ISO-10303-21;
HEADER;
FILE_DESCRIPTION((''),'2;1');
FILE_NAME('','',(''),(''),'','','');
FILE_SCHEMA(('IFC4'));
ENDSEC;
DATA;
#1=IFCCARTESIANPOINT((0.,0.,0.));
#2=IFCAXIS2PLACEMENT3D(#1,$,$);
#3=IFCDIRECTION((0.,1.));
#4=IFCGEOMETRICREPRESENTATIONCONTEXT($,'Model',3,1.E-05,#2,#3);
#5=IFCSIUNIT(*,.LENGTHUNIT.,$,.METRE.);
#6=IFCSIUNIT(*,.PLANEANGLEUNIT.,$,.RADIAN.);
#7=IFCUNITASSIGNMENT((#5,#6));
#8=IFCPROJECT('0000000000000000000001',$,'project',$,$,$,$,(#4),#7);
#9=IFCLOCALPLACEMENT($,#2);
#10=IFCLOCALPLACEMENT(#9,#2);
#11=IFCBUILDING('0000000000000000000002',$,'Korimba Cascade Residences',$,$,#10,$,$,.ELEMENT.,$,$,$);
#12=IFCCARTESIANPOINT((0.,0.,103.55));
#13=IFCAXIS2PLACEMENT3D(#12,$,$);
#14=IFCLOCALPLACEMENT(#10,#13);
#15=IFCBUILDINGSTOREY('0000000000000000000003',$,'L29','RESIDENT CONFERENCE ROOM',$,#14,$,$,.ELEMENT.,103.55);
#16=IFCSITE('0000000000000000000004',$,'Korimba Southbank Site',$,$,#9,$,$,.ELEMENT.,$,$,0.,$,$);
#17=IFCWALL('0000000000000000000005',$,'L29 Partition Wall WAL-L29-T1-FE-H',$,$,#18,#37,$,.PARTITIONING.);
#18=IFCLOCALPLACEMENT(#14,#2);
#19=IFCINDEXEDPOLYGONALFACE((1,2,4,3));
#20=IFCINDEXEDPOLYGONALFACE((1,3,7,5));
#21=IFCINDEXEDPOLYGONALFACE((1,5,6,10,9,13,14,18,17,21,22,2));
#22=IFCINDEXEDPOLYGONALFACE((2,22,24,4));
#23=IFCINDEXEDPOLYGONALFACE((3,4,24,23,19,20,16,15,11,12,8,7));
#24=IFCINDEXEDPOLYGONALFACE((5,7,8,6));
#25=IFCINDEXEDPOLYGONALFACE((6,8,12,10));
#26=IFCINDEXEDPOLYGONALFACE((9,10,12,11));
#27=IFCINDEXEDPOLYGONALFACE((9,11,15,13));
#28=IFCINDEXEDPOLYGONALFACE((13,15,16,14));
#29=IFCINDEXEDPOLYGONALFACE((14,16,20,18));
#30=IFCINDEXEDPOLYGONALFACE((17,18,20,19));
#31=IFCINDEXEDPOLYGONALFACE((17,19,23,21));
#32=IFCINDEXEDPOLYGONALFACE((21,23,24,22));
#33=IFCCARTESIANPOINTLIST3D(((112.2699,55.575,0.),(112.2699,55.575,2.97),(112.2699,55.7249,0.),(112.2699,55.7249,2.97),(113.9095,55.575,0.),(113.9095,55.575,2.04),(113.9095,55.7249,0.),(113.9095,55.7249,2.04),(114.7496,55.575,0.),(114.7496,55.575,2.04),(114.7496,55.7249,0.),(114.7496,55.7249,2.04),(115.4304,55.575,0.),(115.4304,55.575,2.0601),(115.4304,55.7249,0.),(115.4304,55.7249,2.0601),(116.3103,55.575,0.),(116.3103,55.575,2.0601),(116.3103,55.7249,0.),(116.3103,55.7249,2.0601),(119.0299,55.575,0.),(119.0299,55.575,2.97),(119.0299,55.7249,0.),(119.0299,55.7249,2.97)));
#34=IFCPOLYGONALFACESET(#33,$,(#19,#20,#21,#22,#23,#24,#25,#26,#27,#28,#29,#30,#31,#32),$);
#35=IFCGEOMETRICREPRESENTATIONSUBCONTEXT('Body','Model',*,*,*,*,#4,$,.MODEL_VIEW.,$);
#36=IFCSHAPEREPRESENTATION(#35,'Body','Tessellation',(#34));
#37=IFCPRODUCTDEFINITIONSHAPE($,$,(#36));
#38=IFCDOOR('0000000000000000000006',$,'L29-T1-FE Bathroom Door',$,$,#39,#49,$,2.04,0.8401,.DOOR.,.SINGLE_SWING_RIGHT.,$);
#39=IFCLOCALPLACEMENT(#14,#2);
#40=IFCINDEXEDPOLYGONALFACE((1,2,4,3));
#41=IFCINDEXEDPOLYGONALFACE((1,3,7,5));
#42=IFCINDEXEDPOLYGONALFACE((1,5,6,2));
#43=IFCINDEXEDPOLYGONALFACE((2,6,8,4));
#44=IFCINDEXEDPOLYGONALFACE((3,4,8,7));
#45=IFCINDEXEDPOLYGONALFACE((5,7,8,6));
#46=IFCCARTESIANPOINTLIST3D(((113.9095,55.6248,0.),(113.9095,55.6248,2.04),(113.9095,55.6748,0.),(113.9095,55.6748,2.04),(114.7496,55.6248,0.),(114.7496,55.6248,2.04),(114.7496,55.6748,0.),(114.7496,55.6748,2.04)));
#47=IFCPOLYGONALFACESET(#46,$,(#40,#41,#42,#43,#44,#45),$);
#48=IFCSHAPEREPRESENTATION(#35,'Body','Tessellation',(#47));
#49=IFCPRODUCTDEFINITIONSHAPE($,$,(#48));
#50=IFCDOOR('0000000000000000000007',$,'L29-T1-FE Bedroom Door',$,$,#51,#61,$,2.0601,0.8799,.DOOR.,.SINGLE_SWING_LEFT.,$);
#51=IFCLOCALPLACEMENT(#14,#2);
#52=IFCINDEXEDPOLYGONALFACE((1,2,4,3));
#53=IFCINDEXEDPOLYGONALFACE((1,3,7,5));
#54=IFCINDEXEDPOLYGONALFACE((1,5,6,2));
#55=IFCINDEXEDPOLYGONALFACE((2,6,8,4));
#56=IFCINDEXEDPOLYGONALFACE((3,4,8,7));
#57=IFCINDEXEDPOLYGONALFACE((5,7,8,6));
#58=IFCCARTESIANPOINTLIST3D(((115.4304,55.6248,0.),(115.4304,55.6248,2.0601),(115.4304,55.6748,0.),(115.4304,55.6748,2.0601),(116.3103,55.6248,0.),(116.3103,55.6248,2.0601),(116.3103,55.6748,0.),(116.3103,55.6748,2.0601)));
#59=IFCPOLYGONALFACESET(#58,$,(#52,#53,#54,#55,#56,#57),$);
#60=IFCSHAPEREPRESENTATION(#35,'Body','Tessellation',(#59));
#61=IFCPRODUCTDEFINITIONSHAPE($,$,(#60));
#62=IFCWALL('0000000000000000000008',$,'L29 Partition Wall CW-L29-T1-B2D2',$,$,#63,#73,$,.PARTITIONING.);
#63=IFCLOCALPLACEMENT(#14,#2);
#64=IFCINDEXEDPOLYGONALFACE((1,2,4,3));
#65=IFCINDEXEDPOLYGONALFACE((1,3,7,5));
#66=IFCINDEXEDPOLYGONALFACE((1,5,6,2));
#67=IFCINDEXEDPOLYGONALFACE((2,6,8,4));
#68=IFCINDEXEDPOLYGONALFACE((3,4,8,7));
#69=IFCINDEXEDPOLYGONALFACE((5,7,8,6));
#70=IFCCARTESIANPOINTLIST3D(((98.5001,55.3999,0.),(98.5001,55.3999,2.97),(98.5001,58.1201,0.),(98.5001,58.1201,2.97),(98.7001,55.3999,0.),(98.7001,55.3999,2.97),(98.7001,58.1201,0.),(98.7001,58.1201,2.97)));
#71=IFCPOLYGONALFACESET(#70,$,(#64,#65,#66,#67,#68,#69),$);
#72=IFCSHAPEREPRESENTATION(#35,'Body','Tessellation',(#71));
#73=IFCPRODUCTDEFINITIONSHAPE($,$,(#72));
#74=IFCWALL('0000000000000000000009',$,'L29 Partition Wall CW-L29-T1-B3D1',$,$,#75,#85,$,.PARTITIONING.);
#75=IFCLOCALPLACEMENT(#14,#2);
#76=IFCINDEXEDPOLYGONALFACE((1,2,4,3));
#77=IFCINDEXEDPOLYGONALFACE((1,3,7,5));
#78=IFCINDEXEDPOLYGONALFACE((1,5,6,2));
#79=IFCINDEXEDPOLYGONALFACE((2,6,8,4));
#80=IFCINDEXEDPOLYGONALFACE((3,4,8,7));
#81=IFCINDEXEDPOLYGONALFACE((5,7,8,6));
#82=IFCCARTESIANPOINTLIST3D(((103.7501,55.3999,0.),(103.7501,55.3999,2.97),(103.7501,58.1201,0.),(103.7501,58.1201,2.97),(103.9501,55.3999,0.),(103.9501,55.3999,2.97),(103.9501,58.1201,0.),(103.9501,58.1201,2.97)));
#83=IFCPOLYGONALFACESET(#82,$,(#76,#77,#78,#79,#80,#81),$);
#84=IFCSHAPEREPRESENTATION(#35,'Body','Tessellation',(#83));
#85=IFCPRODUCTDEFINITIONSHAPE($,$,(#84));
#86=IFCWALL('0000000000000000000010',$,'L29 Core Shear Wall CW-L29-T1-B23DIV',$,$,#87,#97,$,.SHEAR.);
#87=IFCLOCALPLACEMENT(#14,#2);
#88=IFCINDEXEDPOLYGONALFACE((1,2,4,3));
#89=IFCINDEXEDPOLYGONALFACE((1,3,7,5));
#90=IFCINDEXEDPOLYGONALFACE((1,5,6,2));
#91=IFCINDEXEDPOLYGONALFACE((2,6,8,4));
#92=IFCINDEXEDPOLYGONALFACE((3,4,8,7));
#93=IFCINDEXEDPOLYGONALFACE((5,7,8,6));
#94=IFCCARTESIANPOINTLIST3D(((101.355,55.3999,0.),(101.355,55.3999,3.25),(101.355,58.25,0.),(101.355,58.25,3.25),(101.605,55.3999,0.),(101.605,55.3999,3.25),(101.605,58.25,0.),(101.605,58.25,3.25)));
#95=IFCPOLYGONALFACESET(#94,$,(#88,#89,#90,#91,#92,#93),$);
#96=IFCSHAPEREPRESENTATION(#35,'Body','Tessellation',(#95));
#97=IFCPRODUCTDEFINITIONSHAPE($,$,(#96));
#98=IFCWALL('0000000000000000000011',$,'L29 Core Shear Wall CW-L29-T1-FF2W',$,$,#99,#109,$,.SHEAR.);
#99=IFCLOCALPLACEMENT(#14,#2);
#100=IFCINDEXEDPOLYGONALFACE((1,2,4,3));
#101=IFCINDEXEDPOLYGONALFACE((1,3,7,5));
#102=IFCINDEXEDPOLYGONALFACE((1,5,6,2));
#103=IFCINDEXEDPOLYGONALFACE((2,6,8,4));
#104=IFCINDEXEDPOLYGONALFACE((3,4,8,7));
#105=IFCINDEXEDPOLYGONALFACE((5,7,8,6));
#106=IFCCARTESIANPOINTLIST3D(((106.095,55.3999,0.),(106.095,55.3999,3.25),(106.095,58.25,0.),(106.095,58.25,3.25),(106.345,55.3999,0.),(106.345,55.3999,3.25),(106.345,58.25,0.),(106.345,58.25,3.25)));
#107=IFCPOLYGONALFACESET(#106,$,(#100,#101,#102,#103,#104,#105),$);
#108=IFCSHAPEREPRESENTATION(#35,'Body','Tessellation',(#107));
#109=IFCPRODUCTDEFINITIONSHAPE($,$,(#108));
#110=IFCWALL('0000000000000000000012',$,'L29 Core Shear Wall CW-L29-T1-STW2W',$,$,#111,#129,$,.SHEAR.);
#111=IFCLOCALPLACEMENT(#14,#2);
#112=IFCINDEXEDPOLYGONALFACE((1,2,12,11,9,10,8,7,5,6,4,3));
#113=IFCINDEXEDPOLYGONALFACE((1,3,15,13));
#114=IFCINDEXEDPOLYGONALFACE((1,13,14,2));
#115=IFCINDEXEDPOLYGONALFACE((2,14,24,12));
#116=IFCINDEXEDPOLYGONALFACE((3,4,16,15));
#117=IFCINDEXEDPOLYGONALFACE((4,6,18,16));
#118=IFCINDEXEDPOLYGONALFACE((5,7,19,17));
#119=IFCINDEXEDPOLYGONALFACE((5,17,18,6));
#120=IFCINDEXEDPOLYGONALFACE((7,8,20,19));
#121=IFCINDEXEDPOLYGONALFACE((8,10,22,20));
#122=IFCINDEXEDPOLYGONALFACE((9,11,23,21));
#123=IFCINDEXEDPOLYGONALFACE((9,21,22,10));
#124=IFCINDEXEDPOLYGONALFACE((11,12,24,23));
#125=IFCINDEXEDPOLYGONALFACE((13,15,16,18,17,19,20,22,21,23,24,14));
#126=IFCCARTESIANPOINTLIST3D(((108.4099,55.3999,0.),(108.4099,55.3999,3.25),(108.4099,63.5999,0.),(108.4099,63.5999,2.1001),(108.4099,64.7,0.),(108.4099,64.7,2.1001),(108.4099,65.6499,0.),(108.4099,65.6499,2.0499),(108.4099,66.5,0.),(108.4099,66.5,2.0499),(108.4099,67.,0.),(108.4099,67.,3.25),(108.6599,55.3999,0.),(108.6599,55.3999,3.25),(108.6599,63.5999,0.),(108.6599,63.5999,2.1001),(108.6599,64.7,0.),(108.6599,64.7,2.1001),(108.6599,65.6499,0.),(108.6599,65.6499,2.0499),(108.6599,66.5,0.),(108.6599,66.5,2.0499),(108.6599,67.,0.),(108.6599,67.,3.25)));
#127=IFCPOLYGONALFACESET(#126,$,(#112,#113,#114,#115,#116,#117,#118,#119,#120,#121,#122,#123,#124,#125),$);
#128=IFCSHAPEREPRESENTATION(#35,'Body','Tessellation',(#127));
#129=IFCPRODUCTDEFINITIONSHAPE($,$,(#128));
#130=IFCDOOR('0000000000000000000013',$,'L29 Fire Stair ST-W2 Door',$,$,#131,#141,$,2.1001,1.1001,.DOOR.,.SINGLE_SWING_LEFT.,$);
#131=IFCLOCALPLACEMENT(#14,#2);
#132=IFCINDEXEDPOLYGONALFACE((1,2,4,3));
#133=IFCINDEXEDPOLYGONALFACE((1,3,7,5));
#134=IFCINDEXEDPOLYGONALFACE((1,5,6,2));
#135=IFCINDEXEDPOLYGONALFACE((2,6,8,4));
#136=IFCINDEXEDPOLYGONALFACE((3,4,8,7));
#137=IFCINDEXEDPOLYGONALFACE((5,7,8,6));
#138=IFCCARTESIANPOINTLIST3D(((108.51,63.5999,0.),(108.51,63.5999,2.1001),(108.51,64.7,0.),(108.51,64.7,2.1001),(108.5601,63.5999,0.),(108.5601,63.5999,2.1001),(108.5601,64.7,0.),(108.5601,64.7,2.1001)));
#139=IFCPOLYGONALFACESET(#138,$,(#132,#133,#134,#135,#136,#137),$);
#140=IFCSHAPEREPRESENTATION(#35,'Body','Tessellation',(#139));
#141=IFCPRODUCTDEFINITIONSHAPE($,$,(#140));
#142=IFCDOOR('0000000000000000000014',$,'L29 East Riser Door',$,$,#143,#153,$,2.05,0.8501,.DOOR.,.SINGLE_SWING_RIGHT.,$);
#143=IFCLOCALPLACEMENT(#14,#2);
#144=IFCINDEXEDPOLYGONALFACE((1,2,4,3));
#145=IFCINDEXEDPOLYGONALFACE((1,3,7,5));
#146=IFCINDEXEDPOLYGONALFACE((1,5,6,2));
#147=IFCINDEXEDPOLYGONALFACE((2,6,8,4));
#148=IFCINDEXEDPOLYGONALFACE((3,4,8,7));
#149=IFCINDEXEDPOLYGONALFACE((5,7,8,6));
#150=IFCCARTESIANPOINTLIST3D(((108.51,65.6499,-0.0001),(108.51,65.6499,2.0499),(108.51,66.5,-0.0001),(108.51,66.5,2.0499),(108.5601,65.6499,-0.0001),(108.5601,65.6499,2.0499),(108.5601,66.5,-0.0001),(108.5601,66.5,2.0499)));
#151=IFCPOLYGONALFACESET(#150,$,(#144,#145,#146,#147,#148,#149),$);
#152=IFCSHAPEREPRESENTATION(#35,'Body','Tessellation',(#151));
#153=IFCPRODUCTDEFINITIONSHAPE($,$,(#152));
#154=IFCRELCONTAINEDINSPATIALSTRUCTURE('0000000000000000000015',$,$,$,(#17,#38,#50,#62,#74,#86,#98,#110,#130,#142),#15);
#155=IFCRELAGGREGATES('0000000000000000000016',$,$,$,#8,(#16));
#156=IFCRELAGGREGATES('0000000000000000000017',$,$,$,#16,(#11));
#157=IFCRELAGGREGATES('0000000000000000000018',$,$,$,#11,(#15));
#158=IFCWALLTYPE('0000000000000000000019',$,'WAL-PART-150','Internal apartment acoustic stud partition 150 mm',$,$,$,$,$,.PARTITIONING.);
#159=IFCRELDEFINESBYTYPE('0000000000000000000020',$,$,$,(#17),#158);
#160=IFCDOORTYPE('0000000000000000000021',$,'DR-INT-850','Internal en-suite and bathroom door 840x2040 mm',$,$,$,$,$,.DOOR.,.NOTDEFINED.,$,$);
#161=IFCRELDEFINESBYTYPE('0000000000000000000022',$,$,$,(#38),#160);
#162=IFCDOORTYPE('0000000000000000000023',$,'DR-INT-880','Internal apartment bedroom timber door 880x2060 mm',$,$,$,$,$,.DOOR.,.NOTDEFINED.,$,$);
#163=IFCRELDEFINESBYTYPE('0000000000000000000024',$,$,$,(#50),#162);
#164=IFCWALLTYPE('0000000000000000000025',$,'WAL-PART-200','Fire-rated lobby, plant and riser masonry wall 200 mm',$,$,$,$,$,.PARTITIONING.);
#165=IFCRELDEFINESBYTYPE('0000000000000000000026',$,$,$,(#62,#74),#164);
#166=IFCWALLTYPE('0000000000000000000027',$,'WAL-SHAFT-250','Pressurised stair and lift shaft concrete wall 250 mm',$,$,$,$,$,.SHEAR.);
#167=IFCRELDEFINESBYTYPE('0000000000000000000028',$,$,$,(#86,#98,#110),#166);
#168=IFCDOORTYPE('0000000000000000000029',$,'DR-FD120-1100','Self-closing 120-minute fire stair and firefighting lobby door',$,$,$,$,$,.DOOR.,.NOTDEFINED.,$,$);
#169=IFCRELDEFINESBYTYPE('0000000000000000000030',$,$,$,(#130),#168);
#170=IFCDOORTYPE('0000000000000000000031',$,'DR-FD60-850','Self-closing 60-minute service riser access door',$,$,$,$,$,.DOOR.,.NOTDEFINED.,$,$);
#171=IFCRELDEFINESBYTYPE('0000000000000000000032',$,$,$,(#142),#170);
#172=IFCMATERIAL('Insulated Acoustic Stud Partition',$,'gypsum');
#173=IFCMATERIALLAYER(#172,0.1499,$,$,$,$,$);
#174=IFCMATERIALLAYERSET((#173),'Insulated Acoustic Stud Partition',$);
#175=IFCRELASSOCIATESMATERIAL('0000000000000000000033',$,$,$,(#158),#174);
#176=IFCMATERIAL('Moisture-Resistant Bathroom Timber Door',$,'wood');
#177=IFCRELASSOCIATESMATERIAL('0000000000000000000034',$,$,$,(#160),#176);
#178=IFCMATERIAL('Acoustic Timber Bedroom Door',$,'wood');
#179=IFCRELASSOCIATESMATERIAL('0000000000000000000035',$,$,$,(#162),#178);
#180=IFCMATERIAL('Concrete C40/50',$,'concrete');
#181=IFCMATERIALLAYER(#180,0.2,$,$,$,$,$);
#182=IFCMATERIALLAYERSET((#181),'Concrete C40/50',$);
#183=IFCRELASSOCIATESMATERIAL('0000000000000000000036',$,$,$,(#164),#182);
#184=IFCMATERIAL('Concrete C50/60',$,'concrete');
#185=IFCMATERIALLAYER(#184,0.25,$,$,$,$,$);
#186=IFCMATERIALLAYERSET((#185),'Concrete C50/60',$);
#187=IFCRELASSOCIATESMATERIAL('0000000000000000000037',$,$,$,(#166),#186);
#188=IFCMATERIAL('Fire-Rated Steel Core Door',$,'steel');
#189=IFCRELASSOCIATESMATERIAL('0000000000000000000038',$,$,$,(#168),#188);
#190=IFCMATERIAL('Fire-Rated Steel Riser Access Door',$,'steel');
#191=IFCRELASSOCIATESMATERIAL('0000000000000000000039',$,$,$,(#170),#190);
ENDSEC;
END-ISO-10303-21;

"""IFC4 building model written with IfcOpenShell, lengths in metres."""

from ifc_helpers import new_model, si_unit, direction, frame, frame_2d, origin, place, context, subcontext, project, spatial, rectangle, extrude, material, layer, layer_set, type_object, element, fill, save


model = new_model("IFC4")

# Units and contexts
model_context = context("Model", 3, precision=1e-05, world=origin(), true_north=direction((0.0, 1.0)))
body_context = subcontext(model_context, "Body", "Model", "MODEL_VIEW")
ifc_project = project(units=[si_unit("LENGTHUNIT", "METRE"), si_unit("PLANEANGLEUNIT", "RADIAN")], contexts=[model_context])

# Site, building, storey
site_placement = place(None, origin())
site = spatial("IfcSite", under=ifc_project, at=site_placement, Name="Korimba Southbank Site", CompositionType="ELEMENT", RefElevation=0.0)
building_placement = place(site_placement, origin())
building = spatial("IfcBuilding", under=site, at=building_placement, Name="Korimba Cascade Residences", CompositionType="ELEMENT")
storey_placement = place(building_placement, frame((0.0, 0.0, 103.55)))
storey = spatial("IfcBuildingStorey", under=building, at=storey_placement, Name="L29", Description="RESIDENT CONFERENCE ROOM", CompositionType="ELEMENT", Elevation=103.55)

# Shared definitions
ifc_material_1 = material(Name="Insulated Acoustic Stud Partition", Category="gypsum")
ifc_layer_1 = layer(ifc_material_1, 0.1499)
ifc_layer_set_1 = layer_set([ifc_layer_1], Name="Insulated Acoustic Stud Partition")
wall_type_1 = type_object("IfcWallType", Name="WAL-PART-150", Description="Internal apartment acoustic stud partition 150 mm", PredefinedType="PARTITIONING", material=ifc_layer_set_1)

# Wall, openings, doors
wall_1_placement = place(storey_placement, frame((112.27, 55.6499, 0.0), z_axis=(0.0, 0.0, 1.0), x_axis=(1.0, 0.0, 0.0)))
wall_1 = element("IfcWall", 1, at=wall_1_placement, inside=storey, type_object=wall_type_1, Name="L29 Partition Wall WAL-L29-T1-FE-H", PredefinedType="PARTITIONING", context=body_context, shape_type="SweptSolid", body=[
    extrude(rectangle(XDim=6.76, YDim=0.1499, at=frame_2d((3.3799, 0.0))), origin(), (0.0, 0.0, 1.0), 2.97),
])
opening_1_placement = place(wall_1_placement, frame((1.6396, 0.0, 0.0)))
opening_1 = element("IfcOpeningElement", 2, at=opening_1_placement, cuts=wall_1, PredefinedType="OPENING", context=body_context, shape_type="SweptSolid", body=[
    extrude(rectangle(XDim=0.8401, YDim=2.04, at=frame_2d((0.4199, 1.02))), frame((0.0, 0.085, 0.0), z_axis=(0.0, -1.0, 0.0), x_axis=(1.0, 0.0, 0.0)), (0.0, 0.0, 1.0), 0.1699),
])
opening_2_placement = place(wall_1_placement, frame((3.1604, 0.0, 0.0)))
opening_2 = element("IfcOpeningElement", 3, at=opening_2_placement, cuts=wall_1, PredefinedType="OPENING", context=body_context, shape_type="SweptSolid", body=[
    extrude(rectangle(XDim=0.8799, YDim=2.0601, at=frame_2d((0.4399, 1.03))), frame((0.0, 0.085, 0.0), z_axis=(0.0, -1.0, 0.0), x_axis=(1.0, 0.0, 0.0)), (0.0, 0.0, 1.0), 0.1699),
])
ifc_material_2 = material(Name="Moisture-Resistant Bathroom Timber Door", Category="wood")
door_type_1 = type_object("IfcDoorType", Name="DR-INT-850", Description="Internal en-suite and bathroom door 840x2040 mm", OperationType="NOTDEFINED", PredefinedType="DOOR", material=ifc_material_2)
door_1_placement = place(opening_1_placement, origin())
door_1 = element("IfcDoor", 4, at=door_1_placement, inside=storey, type_object=door_type_1, Name="L29-T1-FE Bathroom Door", OperationType="SINGLE_SWING_RIGHT", OverallHeight=2.04, OverallWidth=0.8401, PredefinedType="DOOR", context=body_context, shape_type="SweptSolid", body=[
    extrude(rectangle(XDim=0.8401, YDim=2.04, at=frame_2d((0.4199, 1.02))), frame((0.0, 0.0249, 0.0), z_axis=(0.0, -1.0, 0.0), x_axis=(1.0, 0.0, 0.0)), (0.0, 0.0, 1.0), 0.05),
])
fill(opening_1, door_1)
ifc_material_3 = material(Name="Acoustic Timber Bedroom Door", Category="wood")
door_type_2 = type_object("IfcDoorType", Name="DR-INT-880", Description="Internal apartment bedroom timber door 880x2060 mm", OperationType="NOTDEFINED", PredefinedType="DOOR", material=ifc_material_3)
door_2_placement = place(opening_2_placement, origin())
door_2 = element("IfcDoor", 5, at=door_2_placement, inside=storey, type_object=door_type_2, Name="L29-T1-FE Bedroom Door", OperationType="SINGLE_SWING_LEFT", OverallHeight=2.0601, OverallWidth=0.8799, PredefinedType="DOOR", context=body_context, shape_type="SweptSolid", body=[
    extrude(rectangle(XDim=0.8799, YDim=2.0601, at=frame_2d((0.4399, 1.03))), frame((0.0, 0.0249, 0.0), z_axis=(0.0, -1.0, 0.0), x_axis=(1.0, 0.0, 0.0)), (0.0, 0.0, 1.0), 0.05),
])
fill(opening_2, door_2)

# Walls
ifc_material_4 = material(Name="Concrete C40/50", Category="concrete")
ifc_layer_2 = layer(ifc_material_4, 0.2)
ifc_layer_set_2 = layer_set([ifc_layer_2], Name="Concrete C40/50")
wall_type_2 = type_object("IfcWallType", Name="WAL-PART-200", Description="Fire-rated lobby, plant and riser masonry wall 200 mm", PredefinedType="PARTITIONING", material=ifc_layer_set_2)
for number, where, z_axis, x_axis, name in (
    (6, (98.6001, 55.3999, 0.0), (0.0, 0.0, 1.0), (0.0, 1.0, 0.0), "L29 Partition Wall CW-L29-T1-B2D2"),
    (7, (103.8501, 55.3999, 0.0), (0.0, 0.0, 1.0), (0.0, 1.0, 0.0), "L29 Partition Wall CW-L29-T1-B3D1"),
):
    element("IfcWall", number, at=place(storey_placement, frame(where, z_axis=z_axis, x_axis=x_axis)), inside=storey, type_object=wall_type_2, Name=name, PredefinedType="PARTITIONING", context=body_context, shape_type="SweptSolid", body=[
        extrude(rectangle(XDim=2.7202, YDim=0.2, at=frame_2d((1.3601, 0.0))), origin(), (0.0, 0.0, 1.0), 2.97),
    ])
ifc_material_5 = material(Name="Concrete C50/60", Category="concrete")
ifc_layer_3 = layer(ifc_material_5, 0.25)
ifc_layer_set_3 = layer_set([ifc_layer_3], Name="Concrete C50/60")
wall_type_3 = type_object("IfcWallType", Name="WAL-SHAFT-250", Description="Pressurised stair and lift shaft concrete wall 250 mm", PredefinedType="SHEAR", material=ifc_layer_set_3)
for number, where, z_axis, x_axis, name in (
    (8, (101.48, 55.3999, 0.0), (0.0, 0.0, 1.0), (0.0, 1.0, 0.0), "L29 Core Shear Wall CW-L29-T1-B23DIV"),
    (9, (106.22, 55.3999, 0.0), (0.0, 0.0, 1.0), (0.0, 1.0, 0.0), "L29 Core Shear Wall CW-L29-T1-FF2W"),
):
    element("IfcWall", number, at=place(storey_placement, frame(where, z_axis=z_axis, x_axis=x_axis)), inside=storey, type_object=wall_type_3, Name=name, PredefinedType="SHEAR", context=body_context, shape_type="SweptSolid", body=[
        extrude(rectangle(XDim=2.8501, YDim=0.25, at=frame_2d((1.425, 0.0))), origin(), (0.0, 0.0, 1.0), 3.25),
    ])

# Wall, openings, doors
wall_2_placement = place(storey_placement, frame((108.5349, 55.3999, 0.0), z_axis=(0.0, 0.0, 1.0), x_axis=(0.0, 1.0, 0.0)))
wall_2 = element("IfcWall", 10, at=wall_2_placement, inside=storey, type_object=wall_type_3, Name="L29 Core Shear Wall CW-L29-T1-STW2W", PredefinedType="SHEAR", context=body_context, shape_type="SweptSolid", body=[
    extrude(rectangle(XDim=11.6001, YDim=0.25, at=frame_2d((5.8, 0.0))), origin(), (0.0, 0.0, 1.0), 3.25),
])
opening_3_placement = place(wall_2_placement, frame((8.2, 0.0, 0.0)))
opening_3 = element("IfcOpeningElement", 11, at=opening_3_placement, cuts=wall_2, PredefinedType="OPENING", context=body_context, shape_type="SweptSolid", body=[
    extrude(rectangle(XDim=1.1001, YDim=2.1001, at=frame_2d((0.55, 1.05))), frame((0.0, 0.135, 0.0), z_axis=(0.0, -1.0, 0.0), x_axis=(1.0, 0.0, 0.0)), (0.0, 0.0, 1.0), 0.27),
])
opening_4_placement = place(wall_2_placement, frame((10.25, 0.0, 0.0)))
opening_4 = element("IfcOpeningElement", 12, at=opening_4_placement, cuts=wall_2, PredefinedType="OPENING", context=body_context, shape_type="SweptSolid", body=[
    extrude(rectangle(XDim=0.8501, YDim=2.05, at=frame_2d((0.425, 1.0249))), frame((0.0, 0.135, 0.0), z_axis=(0.0, -1.0, 0.0), x_axis=(1.0, 0.0, 0.0)), (0.0, 0.0, 1.0), 0.27),
])
ifc_material_6 = material(Name="Fire-Rated Steel Core Door", Category="steel")
door_type_3 = type_object("IfcDoorType", Name="DR-FD120-1100", Description="Self-closing 120-minute fire stair and firefighting lobby door", OperationType="NOTDEFINED", PredefinedType="DOOR", material=ifc_material_6)
door_3_placement = place(opening_3_placement, origin())
door_3 = element("IfcDoor", 13, at=door_3_placement, inside=storey, type_object=door_type_3, Name="L29 Fire Stair ST-W2 Door", OperationType="SINGLE_SWING_LEFT", OverallHeight=2.1001, OverallWidth=1.1001, PredefinedType="DOOR", context=body_context, shape_type="SweptSolid", body=[
    extrude(rectangle(XDim=1.1001, YDim=2.1001, at=frame_2d((0.55, 1.05))), frame((0.0, 0.0249, 0.0), z_axis=(0.0, -1.0, 0.0), x_axis=(1.0, 0.0, 0.0)), (0.0, 0.0, 1.0), 0.05),
])
fill(opening_3, door_3)
ifc_material_7 = material(Name="Fire-Rated Steel Riser Access Door", Category="steel")
door_type_4 = type_object("IfcDoorType", Name="DR-FD60-850", Description="Self-closing 60-minute service riser access door", OperationType="NOTDEFINED", PredefinedType="DOOR", material=ifc_material_7)
door_4_placement = place(opening_4_placement, origin())
door_4 = element("IfcDoor", 14, at=door_4_placement, inside=storey, type_object=door_type_4, Name="L29 East Riser Door", OperationType="SINGLE_SWING_RIGHT", OverallHeight=2.05, OverallWidth=0.8501, PredefinedType="DOOR", context=body_context, shape_type="SweptSolid", body=[
    extrude(rectangle(XDim=0.8501, YDim=2.05, at=frame_2d((0.425, 1.0249))), frame((0.0, 0.0249, 0.0), z_axis=(0.0, -1.0, 0.0), x_axis=(1.0, 0.0, 0.0)), (0.0, 0.0, 1.0), 0.05),
])
fill(opening_4, door_4)

save(model, "model.ifc")
